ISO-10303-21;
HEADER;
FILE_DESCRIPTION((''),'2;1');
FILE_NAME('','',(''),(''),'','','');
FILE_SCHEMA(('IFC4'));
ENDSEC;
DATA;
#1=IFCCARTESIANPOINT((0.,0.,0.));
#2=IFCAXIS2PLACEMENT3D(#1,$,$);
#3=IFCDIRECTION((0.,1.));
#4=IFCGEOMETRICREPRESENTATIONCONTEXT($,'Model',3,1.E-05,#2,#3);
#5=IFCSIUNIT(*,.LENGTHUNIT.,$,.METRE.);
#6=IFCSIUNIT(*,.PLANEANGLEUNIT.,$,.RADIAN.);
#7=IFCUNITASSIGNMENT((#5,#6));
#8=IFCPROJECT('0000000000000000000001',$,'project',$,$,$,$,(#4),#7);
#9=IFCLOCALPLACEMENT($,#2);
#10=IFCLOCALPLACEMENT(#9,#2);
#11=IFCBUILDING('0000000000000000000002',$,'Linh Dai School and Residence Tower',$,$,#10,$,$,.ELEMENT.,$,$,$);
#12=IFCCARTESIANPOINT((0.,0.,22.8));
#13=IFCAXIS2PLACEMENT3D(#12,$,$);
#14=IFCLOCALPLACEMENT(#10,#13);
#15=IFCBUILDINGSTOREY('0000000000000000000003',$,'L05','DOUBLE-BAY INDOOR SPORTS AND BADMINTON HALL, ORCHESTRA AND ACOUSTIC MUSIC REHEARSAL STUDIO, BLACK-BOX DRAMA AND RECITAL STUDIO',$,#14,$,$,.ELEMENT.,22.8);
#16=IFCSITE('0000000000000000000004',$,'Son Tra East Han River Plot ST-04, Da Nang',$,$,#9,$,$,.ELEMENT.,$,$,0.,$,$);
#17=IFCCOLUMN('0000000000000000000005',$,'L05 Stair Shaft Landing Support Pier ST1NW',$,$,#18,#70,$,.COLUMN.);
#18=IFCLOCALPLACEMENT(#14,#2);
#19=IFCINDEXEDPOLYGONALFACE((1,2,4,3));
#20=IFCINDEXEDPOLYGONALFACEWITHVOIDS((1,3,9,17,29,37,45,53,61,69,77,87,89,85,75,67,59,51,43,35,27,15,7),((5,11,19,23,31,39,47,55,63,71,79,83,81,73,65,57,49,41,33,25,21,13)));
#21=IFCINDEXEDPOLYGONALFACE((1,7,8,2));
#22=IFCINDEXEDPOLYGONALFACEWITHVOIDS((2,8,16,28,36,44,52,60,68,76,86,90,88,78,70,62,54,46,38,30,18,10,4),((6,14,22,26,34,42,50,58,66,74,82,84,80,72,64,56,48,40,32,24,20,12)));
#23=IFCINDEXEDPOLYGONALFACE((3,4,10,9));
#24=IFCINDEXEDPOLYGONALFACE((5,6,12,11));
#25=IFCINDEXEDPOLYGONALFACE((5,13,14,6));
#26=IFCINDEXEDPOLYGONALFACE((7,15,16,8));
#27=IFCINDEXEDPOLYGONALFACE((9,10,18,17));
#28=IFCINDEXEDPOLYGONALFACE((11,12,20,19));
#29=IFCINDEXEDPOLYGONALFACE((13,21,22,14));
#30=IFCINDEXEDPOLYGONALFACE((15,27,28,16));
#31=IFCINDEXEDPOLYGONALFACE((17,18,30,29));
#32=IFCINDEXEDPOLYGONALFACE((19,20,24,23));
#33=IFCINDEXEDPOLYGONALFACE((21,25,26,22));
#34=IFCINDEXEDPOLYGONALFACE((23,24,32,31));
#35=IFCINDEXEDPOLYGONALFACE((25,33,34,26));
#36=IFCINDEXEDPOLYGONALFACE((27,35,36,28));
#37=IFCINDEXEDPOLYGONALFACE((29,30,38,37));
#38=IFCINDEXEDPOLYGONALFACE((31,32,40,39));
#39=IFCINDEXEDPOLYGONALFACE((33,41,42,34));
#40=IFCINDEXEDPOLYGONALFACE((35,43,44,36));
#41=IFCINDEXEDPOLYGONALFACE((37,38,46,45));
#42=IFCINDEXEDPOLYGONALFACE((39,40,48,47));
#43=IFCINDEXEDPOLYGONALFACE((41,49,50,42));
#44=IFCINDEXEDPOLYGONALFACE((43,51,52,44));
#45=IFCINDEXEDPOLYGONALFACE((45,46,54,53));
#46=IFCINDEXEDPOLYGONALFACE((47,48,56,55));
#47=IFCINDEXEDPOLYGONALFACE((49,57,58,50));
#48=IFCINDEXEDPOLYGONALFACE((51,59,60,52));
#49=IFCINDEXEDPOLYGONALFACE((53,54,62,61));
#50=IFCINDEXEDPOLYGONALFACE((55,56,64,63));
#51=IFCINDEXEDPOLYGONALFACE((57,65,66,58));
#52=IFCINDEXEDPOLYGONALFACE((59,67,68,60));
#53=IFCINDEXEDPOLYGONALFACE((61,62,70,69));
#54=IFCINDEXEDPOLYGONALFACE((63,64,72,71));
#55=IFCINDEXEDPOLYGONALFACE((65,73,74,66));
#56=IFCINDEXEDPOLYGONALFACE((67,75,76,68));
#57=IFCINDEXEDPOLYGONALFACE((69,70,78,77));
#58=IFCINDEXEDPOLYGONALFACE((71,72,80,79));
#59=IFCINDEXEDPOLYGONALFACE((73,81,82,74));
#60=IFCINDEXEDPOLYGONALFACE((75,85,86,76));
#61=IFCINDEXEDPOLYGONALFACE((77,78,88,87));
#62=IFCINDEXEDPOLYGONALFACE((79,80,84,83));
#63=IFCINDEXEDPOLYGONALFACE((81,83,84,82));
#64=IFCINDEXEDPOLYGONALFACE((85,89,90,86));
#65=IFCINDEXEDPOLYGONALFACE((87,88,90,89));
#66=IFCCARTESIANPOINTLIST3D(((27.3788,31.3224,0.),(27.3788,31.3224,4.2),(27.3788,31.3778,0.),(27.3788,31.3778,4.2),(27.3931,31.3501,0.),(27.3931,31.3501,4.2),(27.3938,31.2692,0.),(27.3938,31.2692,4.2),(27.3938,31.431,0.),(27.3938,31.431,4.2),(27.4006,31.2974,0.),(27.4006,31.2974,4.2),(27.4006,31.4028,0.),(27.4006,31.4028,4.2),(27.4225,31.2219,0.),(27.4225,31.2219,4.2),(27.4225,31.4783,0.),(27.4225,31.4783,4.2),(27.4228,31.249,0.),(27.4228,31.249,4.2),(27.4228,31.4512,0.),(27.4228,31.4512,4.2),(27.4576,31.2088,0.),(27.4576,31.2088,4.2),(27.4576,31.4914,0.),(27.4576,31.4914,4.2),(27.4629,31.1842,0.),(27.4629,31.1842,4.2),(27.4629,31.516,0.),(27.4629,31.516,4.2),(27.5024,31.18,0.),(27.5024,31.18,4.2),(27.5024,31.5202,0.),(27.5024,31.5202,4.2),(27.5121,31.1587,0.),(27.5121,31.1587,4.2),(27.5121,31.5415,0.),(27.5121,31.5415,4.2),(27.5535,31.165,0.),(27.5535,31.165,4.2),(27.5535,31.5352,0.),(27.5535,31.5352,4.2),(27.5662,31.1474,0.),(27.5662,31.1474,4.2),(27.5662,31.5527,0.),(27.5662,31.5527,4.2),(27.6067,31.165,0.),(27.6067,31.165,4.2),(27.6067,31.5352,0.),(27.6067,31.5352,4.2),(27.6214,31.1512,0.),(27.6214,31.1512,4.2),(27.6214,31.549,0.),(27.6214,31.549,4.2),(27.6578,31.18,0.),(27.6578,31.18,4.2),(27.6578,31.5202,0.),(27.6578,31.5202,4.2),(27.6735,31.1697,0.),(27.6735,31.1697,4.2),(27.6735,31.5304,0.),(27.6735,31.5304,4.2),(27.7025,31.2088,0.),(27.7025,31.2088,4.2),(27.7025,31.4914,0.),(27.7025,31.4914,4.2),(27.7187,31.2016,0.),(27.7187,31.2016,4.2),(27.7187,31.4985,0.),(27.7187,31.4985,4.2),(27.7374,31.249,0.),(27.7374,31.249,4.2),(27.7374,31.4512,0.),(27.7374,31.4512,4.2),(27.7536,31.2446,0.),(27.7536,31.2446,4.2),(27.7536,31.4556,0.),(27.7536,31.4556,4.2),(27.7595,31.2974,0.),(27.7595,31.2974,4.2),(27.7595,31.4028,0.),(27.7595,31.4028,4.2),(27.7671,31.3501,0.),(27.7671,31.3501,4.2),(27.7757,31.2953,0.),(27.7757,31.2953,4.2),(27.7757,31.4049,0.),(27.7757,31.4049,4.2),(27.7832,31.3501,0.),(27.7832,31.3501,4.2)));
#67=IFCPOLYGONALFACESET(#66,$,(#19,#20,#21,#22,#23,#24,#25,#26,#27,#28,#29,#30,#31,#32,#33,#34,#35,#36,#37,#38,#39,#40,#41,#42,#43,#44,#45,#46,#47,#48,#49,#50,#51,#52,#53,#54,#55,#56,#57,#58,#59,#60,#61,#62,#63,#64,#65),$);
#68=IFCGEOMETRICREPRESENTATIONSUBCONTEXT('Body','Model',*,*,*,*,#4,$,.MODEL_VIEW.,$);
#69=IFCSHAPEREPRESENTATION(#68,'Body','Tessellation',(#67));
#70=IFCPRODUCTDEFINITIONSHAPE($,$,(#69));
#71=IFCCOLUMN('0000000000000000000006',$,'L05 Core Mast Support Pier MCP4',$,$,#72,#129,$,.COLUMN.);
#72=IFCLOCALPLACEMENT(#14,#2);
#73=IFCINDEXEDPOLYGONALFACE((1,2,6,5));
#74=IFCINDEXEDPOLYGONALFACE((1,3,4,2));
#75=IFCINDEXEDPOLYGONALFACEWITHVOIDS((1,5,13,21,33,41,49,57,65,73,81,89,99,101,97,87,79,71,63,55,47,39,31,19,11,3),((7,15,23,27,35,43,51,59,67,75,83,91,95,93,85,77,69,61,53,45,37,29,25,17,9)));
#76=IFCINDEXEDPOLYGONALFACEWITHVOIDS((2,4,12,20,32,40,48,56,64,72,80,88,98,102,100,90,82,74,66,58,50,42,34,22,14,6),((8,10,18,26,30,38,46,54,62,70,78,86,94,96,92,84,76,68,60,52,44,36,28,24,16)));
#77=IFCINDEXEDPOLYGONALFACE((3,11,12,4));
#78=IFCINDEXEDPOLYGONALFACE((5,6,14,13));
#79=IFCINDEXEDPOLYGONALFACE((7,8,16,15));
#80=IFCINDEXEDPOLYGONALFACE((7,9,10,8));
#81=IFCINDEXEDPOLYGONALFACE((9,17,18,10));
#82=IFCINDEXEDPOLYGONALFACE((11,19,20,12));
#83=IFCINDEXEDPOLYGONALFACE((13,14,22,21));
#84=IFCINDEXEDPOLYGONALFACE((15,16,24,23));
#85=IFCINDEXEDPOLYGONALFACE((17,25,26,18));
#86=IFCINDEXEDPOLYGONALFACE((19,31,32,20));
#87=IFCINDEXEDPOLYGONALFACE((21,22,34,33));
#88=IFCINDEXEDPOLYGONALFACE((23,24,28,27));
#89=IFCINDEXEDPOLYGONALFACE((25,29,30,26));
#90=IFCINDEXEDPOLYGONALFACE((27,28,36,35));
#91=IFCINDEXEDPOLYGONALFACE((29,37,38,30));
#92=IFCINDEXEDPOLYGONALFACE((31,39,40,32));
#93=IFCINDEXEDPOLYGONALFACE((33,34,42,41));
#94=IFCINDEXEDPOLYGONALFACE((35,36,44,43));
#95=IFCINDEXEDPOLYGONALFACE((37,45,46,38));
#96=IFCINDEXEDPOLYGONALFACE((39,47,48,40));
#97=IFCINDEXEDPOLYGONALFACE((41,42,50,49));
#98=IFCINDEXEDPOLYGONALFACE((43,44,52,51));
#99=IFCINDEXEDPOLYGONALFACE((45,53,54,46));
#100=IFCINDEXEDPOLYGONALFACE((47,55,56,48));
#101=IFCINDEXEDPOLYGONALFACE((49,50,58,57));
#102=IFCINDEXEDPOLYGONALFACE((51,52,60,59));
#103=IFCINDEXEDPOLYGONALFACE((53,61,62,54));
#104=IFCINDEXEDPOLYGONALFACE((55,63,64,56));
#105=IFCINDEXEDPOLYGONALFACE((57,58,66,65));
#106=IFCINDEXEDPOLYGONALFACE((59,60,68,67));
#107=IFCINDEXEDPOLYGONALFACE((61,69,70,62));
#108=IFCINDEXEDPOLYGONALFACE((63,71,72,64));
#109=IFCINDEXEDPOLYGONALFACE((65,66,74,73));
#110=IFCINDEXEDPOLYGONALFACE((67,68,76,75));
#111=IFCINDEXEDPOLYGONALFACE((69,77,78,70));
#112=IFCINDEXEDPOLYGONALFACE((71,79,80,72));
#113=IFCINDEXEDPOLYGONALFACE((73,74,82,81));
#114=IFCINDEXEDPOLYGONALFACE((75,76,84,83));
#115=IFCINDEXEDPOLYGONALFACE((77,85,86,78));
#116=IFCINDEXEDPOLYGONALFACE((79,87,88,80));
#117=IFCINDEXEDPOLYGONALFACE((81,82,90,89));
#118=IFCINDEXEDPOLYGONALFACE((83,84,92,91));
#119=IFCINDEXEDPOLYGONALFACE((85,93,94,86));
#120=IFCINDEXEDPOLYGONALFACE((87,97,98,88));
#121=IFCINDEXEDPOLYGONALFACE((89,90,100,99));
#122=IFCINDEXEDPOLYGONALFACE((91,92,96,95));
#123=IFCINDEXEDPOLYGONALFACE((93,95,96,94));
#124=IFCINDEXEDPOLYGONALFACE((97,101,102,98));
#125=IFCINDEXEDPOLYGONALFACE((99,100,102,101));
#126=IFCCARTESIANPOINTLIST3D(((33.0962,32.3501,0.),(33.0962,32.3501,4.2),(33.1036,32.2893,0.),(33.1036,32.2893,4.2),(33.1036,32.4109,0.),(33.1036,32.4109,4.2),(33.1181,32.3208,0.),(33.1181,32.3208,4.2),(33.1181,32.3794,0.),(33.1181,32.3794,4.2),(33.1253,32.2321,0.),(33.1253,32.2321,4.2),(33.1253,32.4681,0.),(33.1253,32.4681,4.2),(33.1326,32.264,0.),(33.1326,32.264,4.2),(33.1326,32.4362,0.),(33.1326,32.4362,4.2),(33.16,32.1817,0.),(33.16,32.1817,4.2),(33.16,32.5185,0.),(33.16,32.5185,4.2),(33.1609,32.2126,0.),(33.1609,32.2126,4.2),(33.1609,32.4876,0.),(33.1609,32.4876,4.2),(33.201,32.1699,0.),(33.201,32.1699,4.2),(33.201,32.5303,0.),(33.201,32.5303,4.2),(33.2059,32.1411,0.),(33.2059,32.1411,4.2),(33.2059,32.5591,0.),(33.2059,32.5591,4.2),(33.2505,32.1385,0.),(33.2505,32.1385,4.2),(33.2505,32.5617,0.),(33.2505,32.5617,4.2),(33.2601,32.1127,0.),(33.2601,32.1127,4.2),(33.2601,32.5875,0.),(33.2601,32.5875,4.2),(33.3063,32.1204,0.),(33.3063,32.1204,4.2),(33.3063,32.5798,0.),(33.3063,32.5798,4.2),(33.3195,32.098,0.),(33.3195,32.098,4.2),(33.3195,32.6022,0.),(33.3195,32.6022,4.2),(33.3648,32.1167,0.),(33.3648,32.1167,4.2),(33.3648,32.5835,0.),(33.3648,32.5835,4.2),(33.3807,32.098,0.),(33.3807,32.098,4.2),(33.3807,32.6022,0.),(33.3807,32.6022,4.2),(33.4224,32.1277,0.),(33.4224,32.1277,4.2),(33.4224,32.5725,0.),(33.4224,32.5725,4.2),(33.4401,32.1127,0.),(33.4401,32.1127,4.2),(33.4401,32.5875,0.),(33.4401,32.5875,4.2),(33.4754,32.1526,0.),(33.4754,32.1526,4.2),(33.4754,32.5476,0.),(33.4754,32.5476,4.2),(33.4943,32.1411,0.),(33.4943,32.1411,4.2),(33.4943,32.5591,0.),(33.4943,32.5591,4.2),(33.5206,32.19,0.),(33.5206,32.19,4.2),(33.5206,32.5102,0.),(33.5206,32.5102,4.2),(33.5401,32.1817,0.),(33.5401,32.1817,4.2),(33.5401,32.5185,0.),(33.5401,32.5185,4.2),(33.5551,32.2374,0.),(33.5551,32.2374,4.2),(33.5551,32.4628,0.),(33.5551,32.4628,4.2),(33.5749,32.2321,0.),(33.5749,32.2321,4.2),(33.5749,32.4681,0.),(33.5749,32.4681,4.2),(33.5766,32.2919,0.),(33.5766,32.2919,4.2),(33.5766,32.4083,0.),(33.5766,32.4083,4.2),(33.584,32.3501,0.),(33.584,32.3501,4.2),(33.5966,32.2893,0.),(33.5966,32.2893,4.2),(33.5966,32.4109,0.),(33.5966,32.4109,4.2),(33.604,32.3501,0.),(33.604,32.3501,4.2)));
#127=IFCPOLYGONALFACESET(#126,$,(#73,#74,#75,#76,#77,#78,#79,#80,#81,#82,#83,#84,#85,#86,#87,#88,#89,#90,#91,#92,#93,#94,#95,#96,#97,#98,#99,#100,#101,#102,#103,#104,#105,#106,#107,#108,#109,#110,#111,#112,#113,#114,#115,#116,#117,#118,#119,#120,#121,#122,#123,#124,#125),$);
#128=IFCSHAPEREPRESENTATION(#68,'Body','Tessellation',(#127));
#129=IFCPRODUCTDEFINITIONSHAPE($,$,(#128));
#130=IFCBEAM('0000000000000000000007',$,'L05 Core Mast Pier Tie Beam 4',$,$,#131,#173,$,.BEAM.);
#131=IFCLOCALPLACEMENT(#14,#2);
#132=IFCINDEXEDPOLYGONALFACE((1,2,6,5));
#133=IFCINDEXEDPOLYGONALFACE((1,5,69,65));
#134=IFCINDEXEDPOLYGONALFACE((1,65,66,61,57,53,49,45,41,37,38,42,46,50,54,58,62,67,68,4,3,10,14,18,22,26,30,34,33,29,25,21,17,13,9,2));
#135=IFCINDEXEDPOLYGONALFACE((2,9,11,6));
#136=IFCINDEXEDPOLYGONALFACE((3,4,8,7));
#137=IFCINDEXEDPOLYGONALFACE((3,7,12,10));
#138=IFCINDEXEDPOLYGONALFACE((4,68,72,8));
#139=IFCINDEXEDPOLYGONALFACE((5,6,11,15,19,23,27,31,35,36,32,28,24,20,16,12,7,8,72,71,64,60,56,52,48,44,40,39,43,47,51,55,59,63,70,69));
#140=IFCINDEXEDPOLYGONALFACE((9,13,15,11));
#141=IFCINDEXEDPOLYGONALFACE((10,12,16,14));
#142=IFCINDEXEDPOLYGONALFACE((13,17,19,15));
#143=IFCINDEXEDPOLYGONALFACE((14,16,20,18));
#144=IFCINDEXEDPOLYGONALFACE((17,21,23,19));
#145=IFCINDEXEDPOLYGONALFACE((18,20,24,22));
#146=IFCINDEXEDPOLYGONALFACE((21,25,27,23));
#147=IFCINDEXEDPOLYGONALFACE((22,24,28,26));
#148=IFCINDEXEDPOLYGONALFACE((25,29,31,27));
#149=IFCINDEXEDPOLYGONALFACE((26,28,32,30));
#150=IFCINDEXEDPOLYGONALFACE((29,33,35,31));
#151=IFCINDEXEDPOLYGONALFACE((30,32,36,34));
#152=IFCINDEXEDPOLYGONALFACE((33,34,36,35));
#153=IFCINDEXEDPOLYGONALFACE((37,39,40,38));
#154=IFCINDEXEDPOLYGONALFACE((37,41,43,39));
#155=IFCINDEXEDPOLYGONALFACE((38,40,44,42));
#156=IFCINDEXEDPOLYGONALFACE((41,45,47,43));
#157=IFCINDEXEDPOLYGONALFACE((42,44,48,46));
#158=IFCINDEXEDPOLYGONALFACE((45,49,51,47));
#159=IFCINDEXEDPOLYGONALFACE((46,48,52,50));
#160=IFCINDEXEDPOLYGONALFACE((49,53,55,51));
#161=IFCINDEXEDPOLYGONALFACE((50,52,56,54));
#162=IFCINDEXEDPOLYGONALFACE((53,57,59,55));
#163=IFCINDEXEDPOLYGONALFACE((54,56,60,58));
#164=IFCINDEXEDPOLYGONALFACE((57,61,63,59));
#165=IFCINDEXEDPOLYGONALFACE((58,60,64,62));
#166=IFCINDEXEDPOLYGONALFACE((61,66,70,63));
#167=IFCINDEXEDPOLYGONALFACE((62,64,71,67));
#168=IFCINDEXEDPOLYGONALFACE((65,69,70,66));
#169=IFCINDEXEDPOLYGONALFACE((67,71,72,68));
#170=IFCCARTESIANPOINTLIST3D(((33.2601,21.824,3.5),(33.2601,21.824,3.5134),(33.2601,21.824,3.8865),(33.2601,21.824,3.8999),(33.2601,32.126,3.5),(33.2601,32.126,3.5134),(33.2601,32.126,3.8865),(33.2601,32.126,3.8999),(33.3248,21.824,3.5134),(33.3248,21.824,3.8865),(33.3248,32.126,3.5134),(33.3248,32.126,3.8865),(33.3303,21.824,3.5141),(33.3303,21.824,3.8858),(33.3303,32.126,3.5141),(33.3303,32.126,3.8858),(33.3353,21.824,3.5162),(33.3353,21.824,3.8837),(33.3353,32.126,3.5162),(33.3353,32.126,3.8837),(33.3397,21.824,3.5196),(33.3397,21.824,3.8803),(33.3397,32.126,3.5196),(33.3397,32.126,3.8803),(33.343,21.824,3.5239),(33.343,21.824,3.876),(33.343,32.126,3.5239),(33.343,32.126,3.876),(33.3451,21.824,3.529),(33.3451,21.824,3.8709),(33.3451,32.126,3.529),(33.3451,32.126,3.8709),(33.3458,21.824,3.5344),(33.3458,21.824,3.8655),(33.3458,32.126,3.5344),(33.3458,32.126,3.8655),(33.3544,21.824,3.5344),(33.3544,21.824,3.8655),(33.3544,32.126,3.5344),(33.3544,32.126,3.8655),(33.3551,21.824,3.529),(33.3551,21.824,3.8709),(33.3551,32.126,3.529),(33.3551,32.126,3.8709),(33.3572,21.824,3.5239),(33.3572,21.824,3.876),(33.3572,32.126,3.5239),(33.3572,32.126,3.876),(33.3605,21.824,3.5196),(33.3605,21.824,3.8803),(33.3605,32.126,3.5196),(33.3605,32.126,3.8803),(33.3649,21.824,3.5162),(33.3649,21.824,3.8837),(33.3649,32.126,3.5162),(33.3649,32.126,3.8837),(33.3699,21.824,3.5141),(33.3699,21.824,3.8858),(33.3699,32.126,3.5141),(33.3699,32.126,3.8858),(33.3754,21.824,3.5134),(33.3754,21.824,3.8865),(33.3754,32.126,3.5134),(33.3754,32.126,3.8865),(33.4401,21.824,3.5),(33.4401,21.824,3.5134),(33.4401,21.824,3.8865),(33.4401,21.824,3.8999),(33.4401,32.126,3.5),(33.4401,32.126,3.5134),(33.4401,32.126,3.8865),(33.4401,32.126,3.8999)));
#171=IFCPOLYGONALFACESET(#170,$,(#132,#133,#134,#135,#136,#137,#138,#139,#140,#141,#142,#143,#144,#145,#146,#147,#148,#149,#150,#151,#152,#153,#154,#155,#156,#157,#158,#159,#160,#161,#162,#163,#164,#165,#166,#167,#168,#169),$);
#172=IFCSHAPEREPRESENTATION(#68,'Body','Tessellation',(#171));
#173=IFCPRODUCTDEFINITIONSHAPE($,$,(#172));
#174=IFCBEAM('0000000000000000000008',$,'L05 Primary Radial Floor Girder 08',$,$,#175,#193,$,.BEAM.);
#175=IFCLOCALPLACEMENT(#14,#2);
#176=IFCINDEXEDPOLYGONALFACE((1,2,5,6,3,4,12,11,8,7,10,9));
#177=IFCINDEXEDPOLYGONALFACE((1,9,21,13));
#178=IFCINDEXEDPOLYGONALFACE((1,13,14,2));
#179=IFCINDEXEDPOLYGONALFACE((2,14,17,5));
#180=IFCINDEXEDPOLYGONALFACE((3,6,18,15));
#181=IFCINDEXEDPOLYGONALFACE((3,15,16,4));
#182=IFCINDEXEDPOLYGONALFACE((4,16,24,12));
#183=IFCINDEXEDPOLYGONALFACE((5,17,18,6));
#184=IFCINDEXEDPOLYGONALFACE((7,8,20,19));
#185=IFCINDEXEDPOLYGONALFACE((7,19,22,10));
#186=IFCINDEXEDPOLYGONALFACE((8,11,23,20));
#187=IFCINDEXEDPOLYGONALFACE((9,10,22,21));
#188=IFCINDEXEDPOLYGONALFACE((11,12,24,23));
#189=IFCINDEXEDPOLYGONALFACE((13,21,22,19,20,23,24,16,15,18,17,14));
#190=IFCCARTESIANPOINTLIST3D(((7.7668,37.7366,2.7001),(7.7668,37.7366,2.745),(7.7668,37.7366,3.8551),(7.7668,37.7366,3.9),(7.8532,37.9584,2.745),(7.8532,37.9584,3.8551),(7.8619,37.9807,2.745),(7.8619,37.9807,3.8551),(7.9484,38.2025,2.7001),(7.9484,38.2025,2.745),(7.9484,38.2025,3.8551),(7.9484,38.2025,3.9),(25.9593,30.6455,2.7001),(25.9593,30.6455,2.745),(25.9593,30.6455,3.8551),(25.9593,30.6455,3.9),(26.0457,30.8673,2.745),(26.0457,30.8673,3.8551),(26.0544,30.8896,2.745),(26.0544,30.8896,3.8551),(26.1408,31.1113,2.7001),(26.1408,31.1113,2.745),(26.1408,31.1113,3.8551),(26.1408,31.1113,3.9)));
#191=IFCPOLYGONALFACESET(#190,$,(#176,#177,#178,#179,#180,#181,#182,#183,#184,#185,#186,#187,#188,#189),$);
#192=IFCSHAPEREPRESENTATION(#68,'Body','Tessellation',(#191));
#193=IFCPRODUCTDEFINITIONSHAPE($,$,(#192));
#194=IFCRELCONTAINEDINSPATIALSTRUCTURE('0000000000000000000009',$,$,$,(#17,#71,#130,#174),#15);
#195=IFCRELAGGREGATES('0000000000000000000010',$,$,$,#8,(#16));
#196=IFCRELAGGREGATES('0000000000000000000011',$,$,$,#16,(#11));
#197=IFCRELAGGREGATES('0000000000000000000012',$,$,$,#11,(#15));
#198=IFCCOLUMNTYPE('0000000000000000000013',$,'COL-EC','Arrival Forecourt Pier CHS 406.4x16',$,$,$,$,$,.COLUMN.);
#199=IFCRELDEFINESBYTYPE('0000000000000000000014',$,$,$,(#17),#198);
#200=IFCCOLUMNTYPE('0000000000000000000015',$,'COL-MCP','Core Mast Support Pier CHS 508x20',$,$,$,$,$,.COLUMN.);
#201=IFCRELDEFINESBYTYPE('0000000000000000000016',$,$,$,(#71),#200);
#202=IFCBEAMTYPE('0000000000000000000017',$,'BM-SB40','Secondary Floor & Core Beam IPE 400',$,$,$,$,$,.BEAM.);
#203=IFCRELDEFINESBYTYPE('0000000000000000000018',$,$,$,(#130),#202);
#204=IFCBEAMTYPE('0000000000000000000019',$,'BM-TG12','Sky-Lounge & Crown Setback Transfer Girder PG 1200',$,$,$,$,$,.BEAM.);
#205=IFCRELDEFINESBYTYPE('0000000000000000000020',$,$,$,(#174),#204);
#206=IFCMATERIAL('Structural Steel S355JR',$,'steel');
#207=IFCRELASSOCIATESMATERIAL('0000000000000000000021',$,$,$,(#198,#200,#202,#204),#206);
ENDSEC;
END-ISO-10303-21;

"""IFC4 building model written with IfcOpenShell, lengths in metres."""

from ifc_helpers import new_model, si_unit, direction, frame, origin, origin_2d, place, context, subcontext, project, spatial, hollow_circle, i_section, extrude, material, material_profile, profile_set, type_object, element, save


model = new_model("IFC4")

# Units and contexts
model_context = context("Model", 3, precision=1e-05, world=origin(), true_north=direction((0.0, 1.0)))
body_context = subcontext(model_context, "Body", "Model", "MODEL_VIEW")
ifc_project = project(units=[si_unit("LENGTHUNIT", "METRE"), si_unit("PLANEANGLEUNIT", "RADIAN")], contexts=[model_context])

# Site, building, storey
site_placement = place(None, origin())
site = spatial("IfcSite", under=ifc_project, at=site_placement, Name="Son Tra East Han River Plot ST-04, Da Nang", CompositionType="ELEMENT", RefElevation=0.0)
building_placement = place(site_placement, origin())
building = spatial("IfcBuilding", under=site, at=building_placement, Name="Linh Dai School and Residence Tower", CompositionType="ELEMENT")
storey_placement = place(building_placement, frame((0.0, 0.0, 22.8)))
storey = spatial("IfcBuildingStorey", under=building, at=storey_placement, Name="L05", Description="DOUBLE-BAY INDOOR SPORTS AND BADMINTON HALL, ORCHESTRA AND ACOUSTIC MUSIC REHEARSAL STUDIO, BLACK-BOX DRAMA AND RECITAL STUDIO", CompositionType="ELEMENT", Elevation=22.8)

# Columns
ifc_material_1 = material(Name="Structural Steel S355JR", Category="steel")
ifc_material_profile_1 = material_profile(ifc_material_1, hollow_circle(Radius=0.2031, WallThickness=0.0161, at=origin_2d()), Name="CHS 406.4x16")
ifc_profile_set_1 = profile_set([ifc_material_profile_1], Name="Structural Steel S355JR")
column_type_1 = type_object("IfcColumnType", Name="COL-EC", Description="Arrival Forecourt Pier CHS 406.4x16", PredefinedType="COLUMN", material=ifc_profile_set_1)
column_1_placement = place(storey_placement, frame((27.5801, 31.3501, 0.0), z_axis=(0.0, 0.0, 1.0), x_axis=(1.0, 0.0, 0.0)))
element("IfcColumn", 1, at=column_1_placement, inside=storey, type_object=column_type_1, Name="L05 Stair Shaft Landing Support Pier ST1NW", PredefinedType="COLUMN", context=body_context, shape_type="SweptSolid", body=[
    extrude(hollow_circle(Radius=0.2031, WallThickness=0.0161, at=origin_2d()), origin(), (0.0, 0.0, 1.0), 4.2),
])
ifc_material_profile_2 = material_profile(ifc_material_1, hollow_circle(Radius=0.2539, WallThickness=0.02, at=origin_2d()), Name="CHS 508x20")
ifc_profile_set_2 = profile_set([ifc_material_profile_2], Name="Structural Steel S355JR")
column_type_2 = type_object("IfcColumnType", Name="COL-MCP", Description="Core Mast Support Pier CHS 508x20", PredefinedType="COLUMN", material=ifc_profile_set_2)
column_2_placement = place(storey_placement, frame((33.3501, 32.3501, 0.0), z_axis=(0.0, 0.0, 1.0), x_axis=(1.0, 0.0, 0.0)))
element("IfcColumn", 2, at=column_2_placement, inside=storey, type_object=column_type_2, Name="L05 Core Mast Support Pier MCP4", PredefinedType="COLUMN", context=body_context, shape_type="SweptSolid", body=[
    extrude(hollow_circle(Radius=0.2539, WallThickness=0.02, at=origin_2d()), origin(), (0.0, 0.0, 1.0), 4.2),
])

# Beams
ifc_material_profile_3 = material_profile(ifc_material_1, i_section(OverallWidth=0.1799, OverallDepth=0.3999, WebThickness=0.0085, FlangeThickness=0.0134, FilletRadius=0.021, at=origin_2d()), Name="IPE 400")
ifc_profile_set_3 = profile_set([ifc_material_profile_3], Name="Structural Steel S355JR")
beam_type_1 = type_object("IfcBeamType", Name="BM-SB40", Description="Secondary Floor & Core Beam IPE 400", PredefinedType="BEAM", material=ifc_profile_set_3)
beam_1_placement = place(storey_placement, frame((33.3501, 32.126, 3.7), z_axis=(0.0, -1.0, 0.0), x_axis=(1.0, 0.0, 0.0)))
element("IfcBeam", 3, at=beam_1_placement, inside=storey, type_object=beam_type_1, Name="L05 Core Mast Pier Tie Beam 4", PredefinedType="BEAM", context=body_context, shape_type="SweptSolid", body=[
    extrude(i_section(OverallWidth=0.1799, OverallDepth=0.3999, WebThickness=0.0085, FlangeThickness=0.0134, FilletRadius=0.021, at=origin_2d()), origin(), (0.0, 0.0, 1.0), 10.302),
])
ifc_material_profile_4 = material_profile(ifc_material_1, i_section(OverallWidth=0.5, OverallDepth=1.2, WebThickness=0.0239, FlangeThickness=0.0449, at=origin_2d()), Name="PG 1200x500x24x45")
ifc_profile_set_4 = profile_set([ifc_material_profile_4], Name="Structural Steel S355JR")
beam_type_2 = type_object("IfcBeamType", Name="BM-TG12", Description="Sky-Lounge & Crown Setback Transfer Girder PG 1200", PredefinedType="BEAM", material=ifc_profile_set_4)
beam_2_placement = place(storey_placement, frame((26.05, 30.8784, 3.3), z_axis=(-0.931723, 0.363169, 0.0), x_axis=(-0.363169, -0.931723, 0.0)))
element("IfcBeam", 4, at=beam_2_placement, inside=storey, type_object=beam_type_2, Name="L05 Primary Radial Floor Girder 08", PredefinedType="BEAM", context=body_context, shape_type="SweptSolid", body=[
    extrude(i_section(OverallWidth=0.5, OverallDepth=1.2, WebThickness=0.0239, FlangeThickness=0.0449, at=origin_2d()), origin(), (0.0, 0.0, 1.0), 19.5256),
])

save(model, "model.ifc")
